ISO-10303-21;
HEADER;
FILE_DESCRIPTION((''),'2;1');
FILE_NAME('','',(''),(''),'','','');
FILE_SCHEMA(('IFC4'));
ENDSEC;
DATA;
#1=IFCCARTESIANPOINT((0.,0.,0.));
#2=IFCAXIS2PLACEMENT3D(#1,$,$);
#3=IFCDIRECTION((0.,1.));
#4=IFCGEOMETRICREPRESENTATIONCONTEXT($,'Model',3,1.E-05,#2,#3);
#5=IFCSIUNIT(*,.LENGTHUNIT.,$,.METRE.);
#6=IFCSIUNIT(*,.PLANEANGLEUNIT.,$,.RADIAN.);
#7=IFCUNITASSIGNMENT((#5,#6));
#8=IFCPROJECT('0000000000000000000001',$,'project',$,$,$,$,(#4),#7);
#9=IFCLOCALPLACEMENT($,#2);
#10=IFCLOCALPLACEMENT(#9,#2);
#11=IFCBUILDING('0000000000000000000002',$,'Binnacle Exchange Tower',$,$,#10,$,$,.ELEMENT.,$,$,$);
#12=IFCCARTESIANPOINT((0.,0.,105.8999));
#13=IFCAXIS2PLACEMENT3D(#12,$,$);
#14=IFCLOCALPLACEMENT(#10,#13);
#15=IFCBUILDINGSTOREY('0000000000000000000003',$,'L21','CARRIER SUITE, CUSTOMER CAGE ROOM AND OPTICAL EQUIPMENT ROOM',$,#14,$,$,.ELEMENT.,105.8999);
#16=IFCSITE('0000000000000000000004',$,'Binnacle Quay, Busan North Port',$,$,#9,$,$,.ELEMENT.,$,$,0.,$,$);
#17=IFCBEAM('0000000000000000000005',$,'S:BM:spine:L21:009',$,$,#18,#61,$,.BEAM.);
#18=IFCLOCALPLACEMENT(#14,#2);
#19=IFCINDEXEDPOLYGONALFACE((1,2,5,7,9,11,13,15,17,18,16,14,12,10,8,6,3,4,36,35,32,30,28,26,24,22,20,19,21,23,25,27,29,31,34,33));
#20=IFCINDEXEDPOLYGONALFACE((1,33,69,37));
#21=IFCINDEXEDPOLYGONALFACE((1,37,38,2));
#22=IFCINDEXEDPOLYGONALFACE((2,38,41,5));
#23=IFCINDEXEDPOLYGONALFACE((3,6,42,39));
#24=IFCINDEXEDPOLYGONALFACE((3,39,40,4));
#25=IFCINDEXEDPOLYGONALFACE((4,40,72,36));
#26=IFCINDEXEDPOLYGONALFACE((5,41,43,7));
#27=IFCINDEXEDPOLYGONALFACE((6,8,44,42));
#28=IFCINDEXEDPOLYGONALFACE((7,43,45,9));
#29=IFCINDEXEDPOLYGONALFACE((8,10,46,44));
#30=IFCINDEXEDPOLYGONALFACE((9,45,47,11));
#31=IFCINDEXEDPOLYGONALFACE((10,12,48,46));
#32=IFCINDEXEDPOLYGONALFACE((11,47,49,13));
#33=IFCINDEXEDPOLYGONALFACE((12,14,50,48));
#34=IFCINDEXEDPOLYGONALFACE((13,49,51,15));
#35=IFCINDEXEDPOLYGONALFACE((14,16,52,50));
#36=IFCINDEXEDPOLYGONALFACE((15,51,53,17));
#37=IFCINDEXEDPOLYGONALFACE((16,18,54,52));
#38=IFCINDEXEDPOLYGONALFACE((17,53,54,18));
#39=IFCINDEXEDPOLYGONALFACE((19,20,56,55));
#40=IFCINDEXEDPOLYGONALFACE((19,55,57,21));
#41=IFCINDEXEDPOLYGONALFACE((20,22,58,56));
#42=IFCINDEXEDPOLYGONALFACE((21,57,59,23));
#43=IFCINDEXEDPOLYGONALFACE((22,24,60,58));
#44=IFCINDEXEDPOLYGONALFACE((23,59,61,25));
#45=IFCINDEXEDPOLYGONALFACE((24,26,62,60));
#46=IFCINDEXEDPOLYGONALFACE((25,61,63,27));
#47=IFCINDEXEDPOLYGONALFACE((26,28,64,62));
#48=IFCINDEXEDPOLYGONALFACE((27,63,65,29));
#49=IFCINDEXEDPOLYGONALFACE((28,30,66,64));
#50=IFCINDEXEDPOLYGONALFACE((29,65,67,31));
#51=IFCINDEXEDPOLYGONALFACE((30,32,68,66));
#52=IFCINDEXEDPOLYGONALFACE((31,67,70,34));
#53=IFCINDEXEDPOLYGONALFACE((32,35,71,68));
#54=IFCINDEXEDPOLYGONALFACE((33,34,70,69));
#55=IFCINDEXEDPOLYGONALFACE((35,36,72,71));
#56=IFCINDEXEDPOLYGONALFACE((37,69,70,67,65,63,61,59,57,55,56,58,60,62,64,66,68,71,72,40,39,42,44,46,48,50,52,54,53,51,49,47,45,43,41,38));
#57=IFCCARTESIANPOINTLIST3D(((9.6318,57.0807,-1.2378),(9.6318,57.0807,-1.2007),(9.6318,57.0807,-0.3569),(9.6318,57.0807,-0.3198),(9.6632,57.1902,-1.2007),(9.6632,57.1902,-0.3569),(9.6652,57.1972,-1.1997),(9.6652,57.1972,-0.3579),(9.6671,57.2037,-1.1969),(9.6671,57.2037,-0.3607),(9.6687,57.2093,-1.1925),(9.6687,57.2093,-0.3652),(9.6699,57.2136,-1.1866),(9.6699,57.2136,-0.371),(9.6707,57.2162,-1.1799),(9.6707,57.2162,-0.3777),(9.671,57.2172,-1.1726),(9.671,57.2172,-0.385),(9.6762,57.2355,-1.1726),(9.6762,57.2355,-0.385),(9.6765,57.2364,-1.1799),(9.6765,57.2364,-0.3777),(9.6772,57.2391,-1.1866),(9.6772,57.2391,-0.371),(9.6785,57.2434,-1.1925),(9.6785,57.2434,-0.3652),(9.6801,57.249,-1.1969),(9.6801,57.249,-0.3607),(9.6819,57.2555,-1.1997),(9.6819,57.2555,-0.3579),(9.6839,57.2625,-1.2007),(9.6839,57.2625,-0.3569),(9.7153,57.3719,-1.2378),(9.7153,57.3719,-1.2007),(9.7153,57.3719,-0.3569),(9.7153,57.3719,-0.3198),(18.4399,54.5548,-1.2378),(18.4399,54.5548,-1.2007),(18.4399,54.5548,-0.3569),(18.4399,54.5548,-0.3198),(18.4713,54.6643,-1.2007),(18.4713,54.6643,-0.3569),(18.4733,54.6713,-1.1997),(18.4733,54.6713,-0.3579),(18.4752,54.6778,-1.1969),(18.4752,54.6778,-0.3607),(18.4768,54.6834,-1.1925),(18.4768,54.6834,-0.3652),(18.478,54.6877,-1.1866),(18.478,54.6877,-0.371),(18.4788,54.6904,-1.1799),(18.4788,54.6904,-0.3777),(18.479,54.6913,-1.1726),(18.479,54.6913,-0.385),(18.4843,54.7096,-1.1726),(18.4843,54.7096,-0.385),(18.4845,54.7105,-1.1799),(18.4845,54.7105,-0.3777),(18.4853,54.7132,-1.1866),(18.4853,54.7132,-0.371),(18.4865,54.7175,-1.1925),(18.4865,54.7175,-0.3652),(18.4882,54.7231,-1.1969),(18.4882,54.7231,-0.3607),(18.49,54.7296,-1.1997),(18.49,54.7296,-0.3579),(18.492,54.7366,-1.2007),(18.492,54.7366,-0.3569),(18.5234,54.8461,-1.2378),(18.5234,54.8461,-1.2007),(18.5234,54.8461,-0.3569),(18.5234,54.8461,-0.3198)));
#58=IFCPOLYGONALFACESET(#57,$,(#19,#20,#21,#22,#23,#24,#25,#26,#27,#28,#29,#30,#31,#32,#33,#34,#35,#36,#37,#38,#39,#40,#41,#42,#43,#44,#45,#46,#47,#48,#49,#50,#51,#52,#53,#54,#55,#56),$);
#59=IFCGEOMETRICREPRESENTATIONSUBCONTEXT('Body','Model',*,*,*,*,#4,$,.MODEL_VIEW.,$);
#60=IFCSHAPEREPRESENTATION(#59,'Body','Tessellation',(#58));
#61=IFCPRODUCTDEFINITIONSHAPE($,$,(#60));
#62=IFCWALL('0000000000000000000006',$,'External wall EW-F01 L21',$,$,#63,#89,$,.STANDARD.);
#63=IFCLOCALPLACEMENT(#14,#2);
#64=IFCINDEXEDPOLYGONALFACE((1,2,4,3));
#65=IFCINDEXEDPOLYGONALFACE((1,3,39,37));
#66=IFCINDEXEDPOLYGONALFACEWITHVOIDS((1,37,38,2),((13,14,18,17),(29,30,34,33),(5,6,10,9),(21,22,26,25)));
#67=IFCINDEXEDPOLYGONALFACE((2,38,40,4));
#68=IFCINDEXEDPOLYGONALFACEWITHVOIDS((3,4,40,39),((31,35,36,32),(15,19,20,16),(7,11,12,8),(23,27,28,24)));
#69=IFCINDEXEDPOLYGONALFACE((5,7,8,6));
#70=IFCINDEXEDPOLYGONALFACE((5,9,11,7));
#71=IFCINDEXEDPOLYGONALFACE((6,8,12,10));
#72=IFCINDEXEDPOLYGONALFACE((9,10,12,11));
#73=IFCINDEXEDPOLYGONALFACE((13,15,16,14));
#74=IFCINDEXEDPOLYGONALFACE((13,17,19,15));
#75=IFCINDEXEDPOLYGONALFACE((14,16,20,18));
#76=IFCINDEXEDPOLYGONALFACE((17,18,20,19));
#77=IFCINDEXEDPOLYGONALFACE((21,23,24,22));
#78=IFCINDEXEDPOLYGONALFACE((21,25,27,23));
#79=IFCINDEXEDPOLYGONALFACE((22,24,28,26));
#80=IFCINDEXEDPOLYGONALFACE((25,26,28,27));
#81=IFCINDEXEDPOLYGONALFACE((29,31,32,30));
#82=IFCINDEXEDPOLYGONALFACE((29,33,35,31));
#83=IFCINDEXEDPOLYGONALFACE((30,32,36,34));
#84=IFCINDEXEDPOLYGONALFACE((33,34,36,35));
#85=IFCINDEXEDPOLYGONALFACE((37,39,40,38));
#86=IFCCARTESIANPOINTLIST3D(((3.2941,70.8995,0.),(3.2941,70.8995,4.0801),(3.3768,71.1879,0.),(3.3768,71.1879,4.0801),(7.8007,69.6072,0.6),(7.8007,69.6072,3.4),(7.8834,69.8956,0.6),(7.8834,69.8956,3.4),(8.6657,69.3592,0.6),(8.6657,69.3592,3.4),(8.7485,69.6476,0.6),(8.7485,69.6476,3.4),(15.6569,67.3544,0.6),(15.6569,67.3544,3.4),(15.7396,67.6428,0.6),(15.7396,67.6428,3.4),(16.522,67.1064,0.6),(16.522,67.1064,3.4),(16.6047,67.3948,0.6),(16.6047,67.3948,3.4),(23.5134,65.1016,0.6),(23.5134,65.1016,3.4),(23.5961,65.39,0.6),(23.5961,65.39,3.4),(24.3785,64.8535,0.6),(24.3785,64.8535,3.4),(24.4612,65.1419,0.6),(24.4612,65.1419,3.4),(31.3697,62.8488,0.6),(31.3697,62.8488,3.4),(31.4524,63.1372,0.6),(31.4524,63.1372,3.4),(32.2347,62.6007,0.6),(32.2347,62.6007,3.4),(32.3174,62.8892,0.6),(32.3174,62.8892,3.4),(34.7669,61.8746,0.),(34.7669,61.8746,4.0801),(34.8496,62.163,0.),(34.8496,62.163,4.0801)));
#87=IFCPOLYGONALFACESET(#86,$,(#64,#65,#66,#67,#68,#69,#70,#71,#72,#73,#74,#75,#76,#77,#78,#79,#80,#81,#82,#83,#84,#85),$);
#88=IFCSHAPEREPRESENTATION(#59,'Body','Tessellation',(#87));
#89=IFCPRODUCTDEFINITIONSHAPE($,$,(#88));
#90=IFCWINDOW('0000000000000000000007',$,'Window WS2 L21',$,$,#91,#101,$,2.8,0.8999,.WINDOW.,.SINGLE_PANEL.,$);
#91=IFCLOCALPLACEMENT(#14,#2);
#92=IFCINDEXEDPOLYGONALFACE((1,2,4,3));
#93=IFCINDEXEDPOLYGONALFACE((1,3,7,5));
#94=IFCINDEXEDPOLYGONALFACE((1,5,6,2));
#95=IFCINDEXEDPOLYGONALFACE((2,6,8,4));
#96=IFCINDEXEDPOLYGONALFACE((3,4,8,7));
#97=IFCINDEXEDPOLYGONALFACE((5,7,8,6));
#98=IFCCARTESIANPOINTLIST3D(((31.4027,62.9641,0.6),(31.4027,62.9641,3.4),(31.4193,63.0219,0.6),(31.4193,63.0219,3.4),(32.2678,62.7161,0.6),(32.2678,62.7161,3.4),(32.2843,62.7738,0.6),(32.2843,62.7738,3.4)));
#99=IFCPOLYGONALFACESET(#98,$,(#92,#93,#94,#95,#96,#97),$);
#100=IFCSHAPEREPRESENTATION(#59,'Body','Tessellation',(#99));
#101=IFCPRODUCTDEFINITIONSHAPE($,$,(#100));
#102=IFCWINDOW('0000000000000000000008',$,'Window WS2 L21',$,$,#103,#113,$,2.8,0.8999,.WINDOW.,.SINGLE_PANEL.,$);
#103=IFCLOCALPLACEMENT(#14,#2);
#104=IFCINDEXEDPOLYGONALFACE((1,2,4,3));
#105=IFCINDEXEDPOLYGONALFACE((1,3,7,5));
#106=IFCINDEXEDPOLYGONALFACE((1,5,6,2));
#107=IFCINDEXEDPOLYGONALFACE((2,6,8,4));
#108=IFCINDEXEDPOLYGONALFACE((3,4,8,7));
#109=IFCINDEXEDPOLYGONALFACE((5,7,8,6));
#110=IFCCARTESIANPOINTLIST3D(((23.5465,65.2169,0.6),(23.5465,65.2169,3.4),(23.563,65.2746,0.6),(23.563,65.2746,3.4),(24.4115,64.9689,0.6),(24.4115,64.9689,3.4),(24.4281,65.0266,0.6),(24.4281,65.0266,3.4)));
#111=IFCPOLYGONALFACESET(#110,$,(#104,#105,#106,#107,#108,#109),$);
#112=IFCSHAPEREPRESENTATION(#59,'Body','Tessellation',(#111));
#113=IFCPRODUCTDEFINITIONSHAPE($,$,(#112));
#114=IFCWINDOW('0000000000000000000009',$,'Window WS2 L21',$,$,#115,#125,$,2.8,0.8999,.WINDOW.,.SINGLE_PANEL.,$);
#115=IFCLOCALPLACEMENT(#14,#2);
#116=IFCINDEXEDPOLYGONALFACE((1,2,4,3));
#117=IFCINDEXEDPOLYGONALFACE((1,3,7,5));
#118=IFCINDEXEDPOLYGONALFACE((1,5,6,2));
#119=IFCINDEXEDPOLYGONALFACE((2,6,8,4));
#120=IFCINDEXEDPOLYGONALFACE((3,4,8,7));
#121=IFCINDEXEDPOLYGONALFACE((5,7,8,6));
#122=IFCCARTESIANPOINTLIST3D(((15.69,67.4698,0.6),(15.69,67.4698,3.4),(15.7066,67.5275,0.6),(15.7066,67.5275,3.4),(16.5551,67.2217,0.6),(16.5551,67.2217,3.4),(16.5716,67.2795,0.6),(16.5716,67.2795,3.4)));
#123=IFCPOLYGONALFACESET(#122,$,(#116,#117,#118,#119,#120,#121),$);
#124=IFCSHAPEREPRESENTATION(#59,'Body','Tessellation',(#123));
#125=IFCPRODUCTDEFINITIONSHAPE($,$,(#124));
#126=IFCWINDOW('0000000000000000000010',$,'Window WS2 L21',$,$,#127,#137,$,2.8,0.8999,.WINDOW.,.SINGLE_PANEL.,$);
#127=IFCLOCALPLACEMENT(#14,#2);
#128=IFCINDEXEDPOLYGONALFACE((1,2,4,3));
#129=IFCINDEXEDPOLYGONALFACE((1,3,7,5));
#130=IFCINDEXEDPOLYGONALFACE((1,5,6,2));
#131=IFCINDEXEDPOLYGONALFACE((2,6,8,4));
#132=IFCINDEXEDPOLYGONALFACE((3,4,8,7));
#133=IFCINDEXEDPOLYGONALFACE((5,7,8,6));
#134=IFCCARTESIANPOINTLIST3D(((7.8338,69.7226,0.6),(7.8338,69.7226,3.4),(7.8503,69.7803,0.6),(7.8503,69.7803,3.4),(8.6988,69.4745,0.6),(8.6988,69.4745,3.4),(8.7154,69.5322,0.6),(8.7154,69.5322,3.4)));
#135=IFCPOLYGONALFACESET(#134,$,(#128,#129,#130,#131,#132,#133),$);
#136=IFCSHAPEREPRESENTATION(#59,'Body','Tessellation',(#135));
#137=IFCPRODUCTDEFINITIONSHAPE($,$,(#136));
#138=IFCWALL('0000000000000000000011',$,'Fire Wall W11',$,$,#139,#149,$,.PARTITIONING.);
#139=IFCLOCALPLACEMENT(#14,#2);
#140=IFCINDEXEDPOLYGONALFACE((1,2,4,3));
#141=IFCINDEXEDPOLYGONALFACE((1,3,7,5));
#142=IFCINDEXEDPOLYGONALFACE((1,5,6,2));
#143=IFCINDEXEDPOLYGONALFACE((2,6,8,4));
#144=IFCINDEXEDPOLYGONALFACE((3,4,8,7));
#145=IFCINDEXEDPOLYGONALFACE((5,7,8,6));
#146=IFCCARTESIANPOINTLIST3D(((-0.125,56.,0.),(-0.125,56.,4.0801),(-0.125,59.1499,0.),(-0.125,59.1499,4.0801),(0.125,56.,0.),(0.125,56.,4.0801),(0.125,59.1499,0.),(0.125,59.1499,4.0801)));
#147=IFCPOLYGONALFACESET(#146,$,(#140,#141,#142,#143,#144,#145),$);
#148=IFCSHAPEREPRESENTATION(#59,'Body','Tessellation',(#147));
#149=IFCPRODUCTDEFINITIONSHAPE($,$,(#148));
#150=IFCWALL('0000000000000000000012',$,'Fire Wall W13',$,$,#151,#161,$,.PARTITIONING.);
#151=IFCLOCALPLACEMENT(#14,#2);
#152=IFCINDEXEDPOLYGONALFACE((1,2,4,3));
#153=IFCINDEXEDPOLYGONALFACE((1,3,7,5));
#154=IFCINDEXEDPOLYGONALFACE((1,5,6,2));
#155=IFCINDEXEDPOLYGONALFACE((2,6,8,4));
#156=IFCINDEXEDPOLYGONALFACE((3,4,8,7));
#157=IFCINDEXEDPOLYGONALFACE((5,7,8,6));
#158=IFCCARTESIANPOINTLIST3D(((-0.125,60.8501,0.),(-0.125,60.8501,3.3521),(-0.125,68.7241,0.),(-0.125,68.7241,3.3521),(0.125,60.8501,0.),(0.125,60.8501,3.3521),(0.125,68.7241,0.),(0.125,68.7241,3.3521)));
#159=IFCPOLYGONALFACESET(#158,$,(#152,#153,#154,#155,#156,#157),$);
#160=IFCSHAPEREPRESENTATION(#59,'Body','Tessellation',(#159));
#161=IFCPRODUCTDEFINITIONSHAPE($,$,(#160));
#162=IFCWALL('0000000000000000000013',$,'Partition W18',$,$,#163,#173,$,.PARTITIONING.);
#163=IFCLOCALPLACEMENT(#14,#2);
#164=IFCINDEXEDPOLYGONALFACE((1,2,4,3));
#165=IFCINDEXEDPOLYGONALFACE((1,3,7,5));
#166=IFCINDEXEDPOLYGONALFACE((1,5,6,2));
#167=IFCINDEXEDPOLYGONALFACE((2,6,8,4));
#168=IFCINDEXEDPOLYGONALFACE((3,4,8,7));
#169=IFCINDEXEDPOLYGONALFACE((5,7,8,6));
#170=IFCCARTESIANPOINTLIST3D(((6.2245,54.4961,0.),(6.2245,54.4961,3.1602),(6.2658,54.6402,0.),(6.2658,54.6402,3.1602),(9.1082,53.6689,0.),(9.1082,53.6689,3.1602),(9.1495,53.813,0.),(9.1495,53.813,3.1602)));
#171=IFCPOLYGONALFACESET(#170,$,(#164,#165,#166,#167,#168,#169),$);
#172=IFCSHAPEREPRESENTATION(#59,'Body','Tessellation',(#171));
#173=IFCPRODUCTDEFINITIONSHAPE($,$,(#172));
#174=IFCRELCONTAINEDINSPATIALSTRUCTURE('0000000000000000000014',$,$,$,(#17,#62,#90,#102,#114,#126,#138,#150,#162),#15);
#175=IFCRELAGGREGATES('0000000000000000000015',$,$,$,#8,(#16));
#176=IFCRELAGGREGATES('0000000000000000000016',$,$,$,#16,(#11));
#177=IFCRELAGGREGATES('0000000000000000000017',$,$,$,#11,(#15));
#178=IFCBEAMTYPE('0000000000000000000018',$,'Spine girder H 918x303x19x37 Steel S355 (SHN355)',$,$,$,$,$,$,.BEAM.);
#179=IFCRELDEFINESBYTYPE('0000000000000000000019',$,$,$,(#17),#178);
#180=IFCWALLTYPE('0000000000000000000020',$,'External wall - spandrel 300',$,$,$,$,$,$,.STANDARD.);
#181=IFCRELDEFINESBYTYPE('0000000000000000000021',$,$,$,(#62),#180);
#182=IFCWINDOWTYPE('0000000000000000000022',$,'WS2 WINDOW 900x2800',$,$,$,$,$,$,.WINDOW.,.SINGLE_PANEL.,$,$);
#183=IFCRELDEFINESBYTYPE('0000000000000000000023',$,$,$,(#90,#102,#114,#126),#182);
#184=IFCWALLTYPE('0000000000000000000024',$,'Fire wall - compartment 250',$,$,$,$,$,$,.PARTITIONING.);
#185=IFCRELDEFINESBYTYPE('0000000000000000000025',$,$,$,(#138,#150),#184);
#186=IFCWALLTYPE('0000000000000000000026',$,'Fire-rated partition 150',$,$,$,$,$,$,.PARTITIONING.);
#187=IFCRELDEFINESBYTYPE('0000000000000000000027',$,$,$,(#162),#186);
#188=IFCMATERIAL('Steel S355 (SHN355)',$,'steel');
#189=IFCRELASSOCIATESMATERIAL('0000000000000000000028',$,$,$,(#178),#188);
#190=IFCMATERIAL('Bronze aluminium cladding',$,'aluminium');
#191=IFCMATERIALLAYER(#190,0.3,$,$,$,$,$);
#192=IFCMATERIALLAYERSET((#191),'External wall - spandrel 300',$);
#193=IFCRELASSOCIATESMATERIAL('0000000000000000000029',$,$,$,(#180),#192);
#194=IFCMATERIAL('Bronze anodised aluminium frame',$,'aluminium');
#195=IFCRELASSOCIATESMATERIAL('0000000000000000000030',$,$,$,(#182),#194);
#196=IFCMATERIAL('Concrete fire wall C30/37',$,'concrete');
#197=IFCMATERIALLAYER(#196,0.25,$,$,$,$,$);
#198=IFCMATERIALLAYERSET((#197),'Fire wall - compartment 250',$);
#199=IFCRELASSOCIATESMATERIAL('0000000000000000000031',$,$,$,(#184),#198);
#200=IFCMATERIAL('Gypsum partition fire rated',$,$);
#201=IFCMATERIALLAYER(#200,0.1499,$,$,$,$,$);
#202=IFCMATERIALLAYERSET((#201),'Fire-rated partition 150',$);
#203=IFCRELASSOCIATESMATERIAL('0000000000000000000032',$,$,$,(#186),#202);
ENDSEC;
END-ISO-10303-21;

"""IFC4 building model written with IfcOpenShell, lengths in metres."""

from ifc_helpers import new_model, si_unit, direction, frame, frame_2d, origin, origin_2d, place, context, subcontext, project, spatial, rectangle, i_section, extrude, material, layer, layer_set, material_profile, profile_set, type_object, element, fill, save


model = new_model("IFC4")

# Units and contexts
model_context = context("Model", 3, precision=1e-05, world=origin(), true_north=direction((0.0, 1.0)))
body_context = subcontext(model_context, "Body", "Model", "MODEL_VIEW")
ifc_project = project(units=[si_unit("LENGTHUNIT", "METRE"), si_unit("PLANEANGLEUNIT", "RADIAN")], contexts=[model_context])

# Site, building, storey
site_placement = place(None, origin())
site = spatial("IfcSite", under=ifc_project, at=site_placement, Name="Binnacle Quay, Busan North Port", CompositionType="ELEMENT", RefElevation=0.0)
building_placement = place(site_placement, origin())
building = spatial("IfcBuilding", under=site, at=building_placement, Name="Binnacle Exchange Tower", CompositionType="ELEMENT")
storey_placement = place(building_placement, frame((0.0, 0.0, 105.8999)))
storey = spatial("IfcBuildingStorey", under=building, at=storey_placement, Name="L21", Description="CARRIER SUITE, CUSTOMER CAGE ROOM AND OPTICAL EQUIPMENT ROOM", CompositionType="ELEMENT", Elevation=105.8999)

# Beam
ifc_material_1 = material(Name="Steel S355 (SHN355)", Category="steel")
ifc_material_profile_1 = material_profile(ifc_material_1, i_section(OverallWidth=0.303, OverallDepth=0.918, WebThickness=0.019, FlangeThickness=0.0371, FilletRadius=0.0281, at=origin_2d()), Name="H 918x303x19x37")
ifc_profile_set_1 = profile_set([ifc_material_profile_1], Name="Steel S355 (SHN355)")
beam_type_1 = type_object("IfcBeamType", Name="Spine girder H 918x303x19x37 Steel S355 (SHN355)", PredefinedType="BEAM", material=ifc_profile_set_1)
beam_1_placement = place(storey_placement, frame((9.6736, 57.2263, -0.7788), z_axis=(0.961256, -0.275657, 0.0), x_axis=(0.275657, 0.961256, 0.0)))
element("IfcBeam", 1, at=beam_1_placement, inside=storey, type_object=beam_type_1, Name="S:BM:spine:L21:009", PredefinedType="BEAM", context=body_context, shape_type="SweptSolid", body=[
    extrude(i_section(OverallWidth=0.303, OverallDepth=0.918, WebThickness=0.019, FlangeThickness=0.0371, FilletRadius=0.0281, at=origin_2d()), origin(), (0.0, 0.0, 1.0), 9.1631),
])

# Wall, openings, windows
ifc_material_2 = material(Name="Bronze aluminium cladding", Category="aluminium")
ifc_layer_1 = layer(ifc_material_2, 0.3)
ifc_layer_set_1 = layer_set([ifc_layer_1], Name="External wall - spandrel 300")
wall_type_1 = type_object("IfcWallType", Name="External wall - spandrel 300", PredefinedType="STANDARD", material=ifc_layer_set_1)
wall_1_placement = place(storey_placement, frame((3.3354, 71.0437, 0.0), z_axis=(0.0, 0.0, 1.0), x_axis=(0.96126, -0.275643, 0.0)))
wall_1 = element("IfcWall", 2, at=wall_1_placement, inside=storey, type_object=wall_type_1, Name="External wall EW-F01 L21", PredefinedType="STANDARD", context=body_context, shape_type="SweptSolid", body=[
    extrude(rectangle(XDim=32.7412, YDim=0.3, at=frame_2d((16.3706, 0.0))), origin(), (0.0, 0.0, 1.0), 4.0801),
])
opening_1_placement = place(wall_1_placement, frame((29.207, 0.0, 0.6001)))
opening_1 = element("IfcOpeningElement", 3, at=opening_1_placement, cuts=wall_1, PredefinedType="OPENING", context=body_context, shape_type="SweptSolid", body=[
    extrude(rectangle(XDim=0.8999, YDim=2.8, at=frame_2d((0.45, 1.3999))), frame((0.0, 0.1599, 0.0), z_axis=(0.0, -1.0, 0.0), x_axis=(1.0, 0.0, 0.0)), (0.0, 0.0, 1.0), 0.3201),
])
opening_2_placement = place(wall_1_placement, frame((21.0342, 0.0, 0.6001)))
opening_2 = element("IfcOpeningElement", 4, at=opening_2_placement, cuts=wall_1, PredefinedType="OPENING", context=body_context, shape_type="SweptSolid", body=[
    extrude(rectangle(XDim=0.8999, YDim=2.8, at=frame_2d((0.45, 1.3999))), frame((0.0, 0.1599, 0.0), z_axis=(0.0, -1.0, 0.0), x_axis=(1.0, 0.0, 0.0)), (0.0, 0.0, 1.0), 0.3201),
])
opening_3_placement = place(wall_1_placement, frame((12.8611, 0.0, 0.6001)))
opening_3 = element("IfcOpeningElement", 5, at=opening_3_placement, cuts=wall_1, PredefinedType="OPENING", context=body_context, shape_type="SweptSolid", body=[
    extrude(rectangle(XDim=0.8999, YDim=2.8, at=frame_2d((0.45, 1.3999))), frame((0.0, 0.1599, 0.0), z_axis=(0.0, -1.0, 0.0), x_axis=(1.0, 0.0, 0.0)), (0.0, 0.0, 1.0), 0.3201),
])
opening_4_placement = place(wall_1_placement, frame((4.6882, 0.0, 0.6001)))
opening_4 = element("IfcOpeningElement", 6, at=opening_4_placement, cuts=wall_1, PredefinedType="OPENING", context=body_context, shape_type="SweptSolid", body=[
    extrude(rectangle(XDim=0.8999, YDim=2.8, at=frame_2d((0.45, 1.3999))), frame((0.0, 0.1599, 0.0), z_axis=(0.0, -1.0, 0.0), x_axis=(1.0, 0.0, 0.0)), (0.0, 0.0, 1.0), 0.3201),
])
ifc_material_3 = material(Name="Bronze anodised aluminium frame", Category="aluminium")
window_type = type_object("IfcWindowType", Name="WS2 WINDOW 900x2800", PartitioningType="SINGLE_PANEL", PredefinedType="WINDOW", material=ifc_material_3)
window_1_placement = place(opening_1_placement, origin())
window_1 = element("IfcWindow", 7, at=window_1_placement, inside=storey, type_object=window_type, Name="Window WS2 L21", OverallHeight=2.8, OverallWidth=0.8999, PartitioningType="SINGLE_PANEL", PredefinedType="WINDOW", context=body_context, shape_type="SweptSolid", body=[
    extrude(rectangle(XDim=0.8999, YDim=2.8, at=frame_2d((0.45, 1.3999))), frame((0.0, 0.03, 0.0), z_axis=(0.0, -1.0, 0.0), x_axis=(1.0, 0.0, 0.0)), (0.0, 0.0, 1.0), 0.0601),
])
fill(opening_1, window_1)
window_2_placement = place(opening_2_placement, origin())
window_2 = element("IfcWindow", 8, at=window_2_placement, inside=storey, type_object=window_type, Name="Window WS2 L21", OverallHeight=2.8, OverallWidth=0.8999, PartitioningType="SINGLE_PANEL", PredefinedType="WINDOW", context=body_context, shape_type="SweptSolid", body=[
    extrude(rectangle(XDim=0.8999, YDim=2.8, at=frame_2d((0.45, 1.3999))), frame((0.0, 0.03, 0.0), z_axis=(0.0, -1.0, 0.0), x_axis=(1.0, 0.0, 0.0)), (0.0, 0.0, 1.0), 0.0601),
])
fill(opening_2, window_2)
window_3_placement = place(opening_3_placement, origin())
window_3 = element("IfcWindow", 9, at=window_3_placement, inside=storey, type_object=window_type, Name="Window WS2 L21", OverallHeight=2.8, OverallWidth=0.8999, PartitioningType="SINGLE_PANEL", PredefinedType="WINDOW", context=body_context, shape_type="SweptSolid", body=[
    extrude(rectangle(XDim=0.8999, YDim=2.8, at=frame_2d((0.45, 1.3999))), frame((0.0, 0.03, 0.0), z_axis=(0.0, -1.0, 0.0), x_axis=(1.0, 0.0, 0.0)), (0.0, 0.0, 1.0), 0.0601),
])
fill(opening_3, window_3)
window_4_placement = place(opening_4_placement, origin())
window_4 = element("IfcWindow", 10, at=window_4_placement, inside=storey, type_object=window_type, Name="Window WS2 L21", OverallHeight=2.8, OverallWidth=0.8999, PartitioningType="SINGLE_PANEL", PredefinedType="WINDOW", context=body_context, shape_type="SweptSolid", body=[
    extrude(rectangle(XDim=0.8999, YDim=2.8, at=frame_2d((0.45, 1.3999))), frame((0.0, 0.03, 0.0), z_axis=(0.0, -1.0, 0.0), x_axis=(1.0, 0.0, 0.0)), (0.0, 0.0, 1.0), 0.0601),
])
fill(opening_4, window_4)

# Walls
ifc_material_4 = material(Name="Concrete fire wall C30/37", Category="concrete")
ifc_layer_2 = layer(ifc_material_4, 0.25)
ifc_layer_set_2 = layer_set([ifc_layer_2], Name="Fire wall - compartment 250")
wall_type_2 = type_object("IfcWallType", Name="Fire wall - compartment 250", PredefinedType="PARTITIONING", material=ifc_layer_set_2)
wall_2_placement = place(storey_placement, frame((0.0, 56.0, 0.0), z_axis=(0.0, 0.0, 1.0), x_axis=(0.0, 1.0, 0.0)))
element("IfcWall", 11, at=wall_2_placement, inside=storey, type_object=wall_type_2, Name="Fire Wall W11", PredefinedType="PARTITIONING", context=body_context, shape_type="SweptSolid", body=[
    extrude(rectangle(XDim=3.1499, YDim=0.25, at=frame_2d((1.575, 0.0))), origin(), (0.0, 0.0, 1.0), 4.0801),
])
wall_3_placement = place(storey_placement, frame((0.0, 60.8501, 0.0), z_axis=(0.0, 0.0, 1.0), x_axis=(0.0, 1.0, 0.0)))
element("IfcWall", 12, at=wall_3_placement, inside=storey, type_object=wall_type_2, Name="Fire Wall W13", PredefinedType="PARTITIONING", context=body_context, shape_type="SweptSolid", body=[
    extrude(rectangle(XDim=7.874, YDim=0.25, at=frame_2d((3.937, 0.0))), origin(), (0.0, 0.0, 1.0), 3.3521),
])
ifc_material_5 = material(Name="Gypsum partition fire rated")
ifc_layer_3 = layer(ifc_material_5, 0.1499)
ifc_layer_set_3 = layer_set([ifc_layer_3], Name="Fire-rated partition 150")
wall_type_3 = type_object("IfcWallType", Name="Fire-rated partition 150", PredefinedType="PARTITIONING", material=ifc_layer_set_3)
wall_4_placement = place(storey_placement, frame((6.2451, 54.5681, 0.0), z_axis=(0.0, 0.0, 1.0), x_axis=(0.961241, -0.27571, 0.0)))
element("IfcWall", 13, at=wall_4_placement, inside=storey, type_object=wall_type_3, Name="Partition W18", PredefinedType="PARTITIONING", context=body_context, shape_type="SweptSolid", body=[
    extrude(rectangle(XDim=3.0, YDim=0.1499, at=frame_2d((1.5, 0.0))), origin(), (0.0, 0.0, 1.0), 3.1602),
])

save(model, "model.ifc")
